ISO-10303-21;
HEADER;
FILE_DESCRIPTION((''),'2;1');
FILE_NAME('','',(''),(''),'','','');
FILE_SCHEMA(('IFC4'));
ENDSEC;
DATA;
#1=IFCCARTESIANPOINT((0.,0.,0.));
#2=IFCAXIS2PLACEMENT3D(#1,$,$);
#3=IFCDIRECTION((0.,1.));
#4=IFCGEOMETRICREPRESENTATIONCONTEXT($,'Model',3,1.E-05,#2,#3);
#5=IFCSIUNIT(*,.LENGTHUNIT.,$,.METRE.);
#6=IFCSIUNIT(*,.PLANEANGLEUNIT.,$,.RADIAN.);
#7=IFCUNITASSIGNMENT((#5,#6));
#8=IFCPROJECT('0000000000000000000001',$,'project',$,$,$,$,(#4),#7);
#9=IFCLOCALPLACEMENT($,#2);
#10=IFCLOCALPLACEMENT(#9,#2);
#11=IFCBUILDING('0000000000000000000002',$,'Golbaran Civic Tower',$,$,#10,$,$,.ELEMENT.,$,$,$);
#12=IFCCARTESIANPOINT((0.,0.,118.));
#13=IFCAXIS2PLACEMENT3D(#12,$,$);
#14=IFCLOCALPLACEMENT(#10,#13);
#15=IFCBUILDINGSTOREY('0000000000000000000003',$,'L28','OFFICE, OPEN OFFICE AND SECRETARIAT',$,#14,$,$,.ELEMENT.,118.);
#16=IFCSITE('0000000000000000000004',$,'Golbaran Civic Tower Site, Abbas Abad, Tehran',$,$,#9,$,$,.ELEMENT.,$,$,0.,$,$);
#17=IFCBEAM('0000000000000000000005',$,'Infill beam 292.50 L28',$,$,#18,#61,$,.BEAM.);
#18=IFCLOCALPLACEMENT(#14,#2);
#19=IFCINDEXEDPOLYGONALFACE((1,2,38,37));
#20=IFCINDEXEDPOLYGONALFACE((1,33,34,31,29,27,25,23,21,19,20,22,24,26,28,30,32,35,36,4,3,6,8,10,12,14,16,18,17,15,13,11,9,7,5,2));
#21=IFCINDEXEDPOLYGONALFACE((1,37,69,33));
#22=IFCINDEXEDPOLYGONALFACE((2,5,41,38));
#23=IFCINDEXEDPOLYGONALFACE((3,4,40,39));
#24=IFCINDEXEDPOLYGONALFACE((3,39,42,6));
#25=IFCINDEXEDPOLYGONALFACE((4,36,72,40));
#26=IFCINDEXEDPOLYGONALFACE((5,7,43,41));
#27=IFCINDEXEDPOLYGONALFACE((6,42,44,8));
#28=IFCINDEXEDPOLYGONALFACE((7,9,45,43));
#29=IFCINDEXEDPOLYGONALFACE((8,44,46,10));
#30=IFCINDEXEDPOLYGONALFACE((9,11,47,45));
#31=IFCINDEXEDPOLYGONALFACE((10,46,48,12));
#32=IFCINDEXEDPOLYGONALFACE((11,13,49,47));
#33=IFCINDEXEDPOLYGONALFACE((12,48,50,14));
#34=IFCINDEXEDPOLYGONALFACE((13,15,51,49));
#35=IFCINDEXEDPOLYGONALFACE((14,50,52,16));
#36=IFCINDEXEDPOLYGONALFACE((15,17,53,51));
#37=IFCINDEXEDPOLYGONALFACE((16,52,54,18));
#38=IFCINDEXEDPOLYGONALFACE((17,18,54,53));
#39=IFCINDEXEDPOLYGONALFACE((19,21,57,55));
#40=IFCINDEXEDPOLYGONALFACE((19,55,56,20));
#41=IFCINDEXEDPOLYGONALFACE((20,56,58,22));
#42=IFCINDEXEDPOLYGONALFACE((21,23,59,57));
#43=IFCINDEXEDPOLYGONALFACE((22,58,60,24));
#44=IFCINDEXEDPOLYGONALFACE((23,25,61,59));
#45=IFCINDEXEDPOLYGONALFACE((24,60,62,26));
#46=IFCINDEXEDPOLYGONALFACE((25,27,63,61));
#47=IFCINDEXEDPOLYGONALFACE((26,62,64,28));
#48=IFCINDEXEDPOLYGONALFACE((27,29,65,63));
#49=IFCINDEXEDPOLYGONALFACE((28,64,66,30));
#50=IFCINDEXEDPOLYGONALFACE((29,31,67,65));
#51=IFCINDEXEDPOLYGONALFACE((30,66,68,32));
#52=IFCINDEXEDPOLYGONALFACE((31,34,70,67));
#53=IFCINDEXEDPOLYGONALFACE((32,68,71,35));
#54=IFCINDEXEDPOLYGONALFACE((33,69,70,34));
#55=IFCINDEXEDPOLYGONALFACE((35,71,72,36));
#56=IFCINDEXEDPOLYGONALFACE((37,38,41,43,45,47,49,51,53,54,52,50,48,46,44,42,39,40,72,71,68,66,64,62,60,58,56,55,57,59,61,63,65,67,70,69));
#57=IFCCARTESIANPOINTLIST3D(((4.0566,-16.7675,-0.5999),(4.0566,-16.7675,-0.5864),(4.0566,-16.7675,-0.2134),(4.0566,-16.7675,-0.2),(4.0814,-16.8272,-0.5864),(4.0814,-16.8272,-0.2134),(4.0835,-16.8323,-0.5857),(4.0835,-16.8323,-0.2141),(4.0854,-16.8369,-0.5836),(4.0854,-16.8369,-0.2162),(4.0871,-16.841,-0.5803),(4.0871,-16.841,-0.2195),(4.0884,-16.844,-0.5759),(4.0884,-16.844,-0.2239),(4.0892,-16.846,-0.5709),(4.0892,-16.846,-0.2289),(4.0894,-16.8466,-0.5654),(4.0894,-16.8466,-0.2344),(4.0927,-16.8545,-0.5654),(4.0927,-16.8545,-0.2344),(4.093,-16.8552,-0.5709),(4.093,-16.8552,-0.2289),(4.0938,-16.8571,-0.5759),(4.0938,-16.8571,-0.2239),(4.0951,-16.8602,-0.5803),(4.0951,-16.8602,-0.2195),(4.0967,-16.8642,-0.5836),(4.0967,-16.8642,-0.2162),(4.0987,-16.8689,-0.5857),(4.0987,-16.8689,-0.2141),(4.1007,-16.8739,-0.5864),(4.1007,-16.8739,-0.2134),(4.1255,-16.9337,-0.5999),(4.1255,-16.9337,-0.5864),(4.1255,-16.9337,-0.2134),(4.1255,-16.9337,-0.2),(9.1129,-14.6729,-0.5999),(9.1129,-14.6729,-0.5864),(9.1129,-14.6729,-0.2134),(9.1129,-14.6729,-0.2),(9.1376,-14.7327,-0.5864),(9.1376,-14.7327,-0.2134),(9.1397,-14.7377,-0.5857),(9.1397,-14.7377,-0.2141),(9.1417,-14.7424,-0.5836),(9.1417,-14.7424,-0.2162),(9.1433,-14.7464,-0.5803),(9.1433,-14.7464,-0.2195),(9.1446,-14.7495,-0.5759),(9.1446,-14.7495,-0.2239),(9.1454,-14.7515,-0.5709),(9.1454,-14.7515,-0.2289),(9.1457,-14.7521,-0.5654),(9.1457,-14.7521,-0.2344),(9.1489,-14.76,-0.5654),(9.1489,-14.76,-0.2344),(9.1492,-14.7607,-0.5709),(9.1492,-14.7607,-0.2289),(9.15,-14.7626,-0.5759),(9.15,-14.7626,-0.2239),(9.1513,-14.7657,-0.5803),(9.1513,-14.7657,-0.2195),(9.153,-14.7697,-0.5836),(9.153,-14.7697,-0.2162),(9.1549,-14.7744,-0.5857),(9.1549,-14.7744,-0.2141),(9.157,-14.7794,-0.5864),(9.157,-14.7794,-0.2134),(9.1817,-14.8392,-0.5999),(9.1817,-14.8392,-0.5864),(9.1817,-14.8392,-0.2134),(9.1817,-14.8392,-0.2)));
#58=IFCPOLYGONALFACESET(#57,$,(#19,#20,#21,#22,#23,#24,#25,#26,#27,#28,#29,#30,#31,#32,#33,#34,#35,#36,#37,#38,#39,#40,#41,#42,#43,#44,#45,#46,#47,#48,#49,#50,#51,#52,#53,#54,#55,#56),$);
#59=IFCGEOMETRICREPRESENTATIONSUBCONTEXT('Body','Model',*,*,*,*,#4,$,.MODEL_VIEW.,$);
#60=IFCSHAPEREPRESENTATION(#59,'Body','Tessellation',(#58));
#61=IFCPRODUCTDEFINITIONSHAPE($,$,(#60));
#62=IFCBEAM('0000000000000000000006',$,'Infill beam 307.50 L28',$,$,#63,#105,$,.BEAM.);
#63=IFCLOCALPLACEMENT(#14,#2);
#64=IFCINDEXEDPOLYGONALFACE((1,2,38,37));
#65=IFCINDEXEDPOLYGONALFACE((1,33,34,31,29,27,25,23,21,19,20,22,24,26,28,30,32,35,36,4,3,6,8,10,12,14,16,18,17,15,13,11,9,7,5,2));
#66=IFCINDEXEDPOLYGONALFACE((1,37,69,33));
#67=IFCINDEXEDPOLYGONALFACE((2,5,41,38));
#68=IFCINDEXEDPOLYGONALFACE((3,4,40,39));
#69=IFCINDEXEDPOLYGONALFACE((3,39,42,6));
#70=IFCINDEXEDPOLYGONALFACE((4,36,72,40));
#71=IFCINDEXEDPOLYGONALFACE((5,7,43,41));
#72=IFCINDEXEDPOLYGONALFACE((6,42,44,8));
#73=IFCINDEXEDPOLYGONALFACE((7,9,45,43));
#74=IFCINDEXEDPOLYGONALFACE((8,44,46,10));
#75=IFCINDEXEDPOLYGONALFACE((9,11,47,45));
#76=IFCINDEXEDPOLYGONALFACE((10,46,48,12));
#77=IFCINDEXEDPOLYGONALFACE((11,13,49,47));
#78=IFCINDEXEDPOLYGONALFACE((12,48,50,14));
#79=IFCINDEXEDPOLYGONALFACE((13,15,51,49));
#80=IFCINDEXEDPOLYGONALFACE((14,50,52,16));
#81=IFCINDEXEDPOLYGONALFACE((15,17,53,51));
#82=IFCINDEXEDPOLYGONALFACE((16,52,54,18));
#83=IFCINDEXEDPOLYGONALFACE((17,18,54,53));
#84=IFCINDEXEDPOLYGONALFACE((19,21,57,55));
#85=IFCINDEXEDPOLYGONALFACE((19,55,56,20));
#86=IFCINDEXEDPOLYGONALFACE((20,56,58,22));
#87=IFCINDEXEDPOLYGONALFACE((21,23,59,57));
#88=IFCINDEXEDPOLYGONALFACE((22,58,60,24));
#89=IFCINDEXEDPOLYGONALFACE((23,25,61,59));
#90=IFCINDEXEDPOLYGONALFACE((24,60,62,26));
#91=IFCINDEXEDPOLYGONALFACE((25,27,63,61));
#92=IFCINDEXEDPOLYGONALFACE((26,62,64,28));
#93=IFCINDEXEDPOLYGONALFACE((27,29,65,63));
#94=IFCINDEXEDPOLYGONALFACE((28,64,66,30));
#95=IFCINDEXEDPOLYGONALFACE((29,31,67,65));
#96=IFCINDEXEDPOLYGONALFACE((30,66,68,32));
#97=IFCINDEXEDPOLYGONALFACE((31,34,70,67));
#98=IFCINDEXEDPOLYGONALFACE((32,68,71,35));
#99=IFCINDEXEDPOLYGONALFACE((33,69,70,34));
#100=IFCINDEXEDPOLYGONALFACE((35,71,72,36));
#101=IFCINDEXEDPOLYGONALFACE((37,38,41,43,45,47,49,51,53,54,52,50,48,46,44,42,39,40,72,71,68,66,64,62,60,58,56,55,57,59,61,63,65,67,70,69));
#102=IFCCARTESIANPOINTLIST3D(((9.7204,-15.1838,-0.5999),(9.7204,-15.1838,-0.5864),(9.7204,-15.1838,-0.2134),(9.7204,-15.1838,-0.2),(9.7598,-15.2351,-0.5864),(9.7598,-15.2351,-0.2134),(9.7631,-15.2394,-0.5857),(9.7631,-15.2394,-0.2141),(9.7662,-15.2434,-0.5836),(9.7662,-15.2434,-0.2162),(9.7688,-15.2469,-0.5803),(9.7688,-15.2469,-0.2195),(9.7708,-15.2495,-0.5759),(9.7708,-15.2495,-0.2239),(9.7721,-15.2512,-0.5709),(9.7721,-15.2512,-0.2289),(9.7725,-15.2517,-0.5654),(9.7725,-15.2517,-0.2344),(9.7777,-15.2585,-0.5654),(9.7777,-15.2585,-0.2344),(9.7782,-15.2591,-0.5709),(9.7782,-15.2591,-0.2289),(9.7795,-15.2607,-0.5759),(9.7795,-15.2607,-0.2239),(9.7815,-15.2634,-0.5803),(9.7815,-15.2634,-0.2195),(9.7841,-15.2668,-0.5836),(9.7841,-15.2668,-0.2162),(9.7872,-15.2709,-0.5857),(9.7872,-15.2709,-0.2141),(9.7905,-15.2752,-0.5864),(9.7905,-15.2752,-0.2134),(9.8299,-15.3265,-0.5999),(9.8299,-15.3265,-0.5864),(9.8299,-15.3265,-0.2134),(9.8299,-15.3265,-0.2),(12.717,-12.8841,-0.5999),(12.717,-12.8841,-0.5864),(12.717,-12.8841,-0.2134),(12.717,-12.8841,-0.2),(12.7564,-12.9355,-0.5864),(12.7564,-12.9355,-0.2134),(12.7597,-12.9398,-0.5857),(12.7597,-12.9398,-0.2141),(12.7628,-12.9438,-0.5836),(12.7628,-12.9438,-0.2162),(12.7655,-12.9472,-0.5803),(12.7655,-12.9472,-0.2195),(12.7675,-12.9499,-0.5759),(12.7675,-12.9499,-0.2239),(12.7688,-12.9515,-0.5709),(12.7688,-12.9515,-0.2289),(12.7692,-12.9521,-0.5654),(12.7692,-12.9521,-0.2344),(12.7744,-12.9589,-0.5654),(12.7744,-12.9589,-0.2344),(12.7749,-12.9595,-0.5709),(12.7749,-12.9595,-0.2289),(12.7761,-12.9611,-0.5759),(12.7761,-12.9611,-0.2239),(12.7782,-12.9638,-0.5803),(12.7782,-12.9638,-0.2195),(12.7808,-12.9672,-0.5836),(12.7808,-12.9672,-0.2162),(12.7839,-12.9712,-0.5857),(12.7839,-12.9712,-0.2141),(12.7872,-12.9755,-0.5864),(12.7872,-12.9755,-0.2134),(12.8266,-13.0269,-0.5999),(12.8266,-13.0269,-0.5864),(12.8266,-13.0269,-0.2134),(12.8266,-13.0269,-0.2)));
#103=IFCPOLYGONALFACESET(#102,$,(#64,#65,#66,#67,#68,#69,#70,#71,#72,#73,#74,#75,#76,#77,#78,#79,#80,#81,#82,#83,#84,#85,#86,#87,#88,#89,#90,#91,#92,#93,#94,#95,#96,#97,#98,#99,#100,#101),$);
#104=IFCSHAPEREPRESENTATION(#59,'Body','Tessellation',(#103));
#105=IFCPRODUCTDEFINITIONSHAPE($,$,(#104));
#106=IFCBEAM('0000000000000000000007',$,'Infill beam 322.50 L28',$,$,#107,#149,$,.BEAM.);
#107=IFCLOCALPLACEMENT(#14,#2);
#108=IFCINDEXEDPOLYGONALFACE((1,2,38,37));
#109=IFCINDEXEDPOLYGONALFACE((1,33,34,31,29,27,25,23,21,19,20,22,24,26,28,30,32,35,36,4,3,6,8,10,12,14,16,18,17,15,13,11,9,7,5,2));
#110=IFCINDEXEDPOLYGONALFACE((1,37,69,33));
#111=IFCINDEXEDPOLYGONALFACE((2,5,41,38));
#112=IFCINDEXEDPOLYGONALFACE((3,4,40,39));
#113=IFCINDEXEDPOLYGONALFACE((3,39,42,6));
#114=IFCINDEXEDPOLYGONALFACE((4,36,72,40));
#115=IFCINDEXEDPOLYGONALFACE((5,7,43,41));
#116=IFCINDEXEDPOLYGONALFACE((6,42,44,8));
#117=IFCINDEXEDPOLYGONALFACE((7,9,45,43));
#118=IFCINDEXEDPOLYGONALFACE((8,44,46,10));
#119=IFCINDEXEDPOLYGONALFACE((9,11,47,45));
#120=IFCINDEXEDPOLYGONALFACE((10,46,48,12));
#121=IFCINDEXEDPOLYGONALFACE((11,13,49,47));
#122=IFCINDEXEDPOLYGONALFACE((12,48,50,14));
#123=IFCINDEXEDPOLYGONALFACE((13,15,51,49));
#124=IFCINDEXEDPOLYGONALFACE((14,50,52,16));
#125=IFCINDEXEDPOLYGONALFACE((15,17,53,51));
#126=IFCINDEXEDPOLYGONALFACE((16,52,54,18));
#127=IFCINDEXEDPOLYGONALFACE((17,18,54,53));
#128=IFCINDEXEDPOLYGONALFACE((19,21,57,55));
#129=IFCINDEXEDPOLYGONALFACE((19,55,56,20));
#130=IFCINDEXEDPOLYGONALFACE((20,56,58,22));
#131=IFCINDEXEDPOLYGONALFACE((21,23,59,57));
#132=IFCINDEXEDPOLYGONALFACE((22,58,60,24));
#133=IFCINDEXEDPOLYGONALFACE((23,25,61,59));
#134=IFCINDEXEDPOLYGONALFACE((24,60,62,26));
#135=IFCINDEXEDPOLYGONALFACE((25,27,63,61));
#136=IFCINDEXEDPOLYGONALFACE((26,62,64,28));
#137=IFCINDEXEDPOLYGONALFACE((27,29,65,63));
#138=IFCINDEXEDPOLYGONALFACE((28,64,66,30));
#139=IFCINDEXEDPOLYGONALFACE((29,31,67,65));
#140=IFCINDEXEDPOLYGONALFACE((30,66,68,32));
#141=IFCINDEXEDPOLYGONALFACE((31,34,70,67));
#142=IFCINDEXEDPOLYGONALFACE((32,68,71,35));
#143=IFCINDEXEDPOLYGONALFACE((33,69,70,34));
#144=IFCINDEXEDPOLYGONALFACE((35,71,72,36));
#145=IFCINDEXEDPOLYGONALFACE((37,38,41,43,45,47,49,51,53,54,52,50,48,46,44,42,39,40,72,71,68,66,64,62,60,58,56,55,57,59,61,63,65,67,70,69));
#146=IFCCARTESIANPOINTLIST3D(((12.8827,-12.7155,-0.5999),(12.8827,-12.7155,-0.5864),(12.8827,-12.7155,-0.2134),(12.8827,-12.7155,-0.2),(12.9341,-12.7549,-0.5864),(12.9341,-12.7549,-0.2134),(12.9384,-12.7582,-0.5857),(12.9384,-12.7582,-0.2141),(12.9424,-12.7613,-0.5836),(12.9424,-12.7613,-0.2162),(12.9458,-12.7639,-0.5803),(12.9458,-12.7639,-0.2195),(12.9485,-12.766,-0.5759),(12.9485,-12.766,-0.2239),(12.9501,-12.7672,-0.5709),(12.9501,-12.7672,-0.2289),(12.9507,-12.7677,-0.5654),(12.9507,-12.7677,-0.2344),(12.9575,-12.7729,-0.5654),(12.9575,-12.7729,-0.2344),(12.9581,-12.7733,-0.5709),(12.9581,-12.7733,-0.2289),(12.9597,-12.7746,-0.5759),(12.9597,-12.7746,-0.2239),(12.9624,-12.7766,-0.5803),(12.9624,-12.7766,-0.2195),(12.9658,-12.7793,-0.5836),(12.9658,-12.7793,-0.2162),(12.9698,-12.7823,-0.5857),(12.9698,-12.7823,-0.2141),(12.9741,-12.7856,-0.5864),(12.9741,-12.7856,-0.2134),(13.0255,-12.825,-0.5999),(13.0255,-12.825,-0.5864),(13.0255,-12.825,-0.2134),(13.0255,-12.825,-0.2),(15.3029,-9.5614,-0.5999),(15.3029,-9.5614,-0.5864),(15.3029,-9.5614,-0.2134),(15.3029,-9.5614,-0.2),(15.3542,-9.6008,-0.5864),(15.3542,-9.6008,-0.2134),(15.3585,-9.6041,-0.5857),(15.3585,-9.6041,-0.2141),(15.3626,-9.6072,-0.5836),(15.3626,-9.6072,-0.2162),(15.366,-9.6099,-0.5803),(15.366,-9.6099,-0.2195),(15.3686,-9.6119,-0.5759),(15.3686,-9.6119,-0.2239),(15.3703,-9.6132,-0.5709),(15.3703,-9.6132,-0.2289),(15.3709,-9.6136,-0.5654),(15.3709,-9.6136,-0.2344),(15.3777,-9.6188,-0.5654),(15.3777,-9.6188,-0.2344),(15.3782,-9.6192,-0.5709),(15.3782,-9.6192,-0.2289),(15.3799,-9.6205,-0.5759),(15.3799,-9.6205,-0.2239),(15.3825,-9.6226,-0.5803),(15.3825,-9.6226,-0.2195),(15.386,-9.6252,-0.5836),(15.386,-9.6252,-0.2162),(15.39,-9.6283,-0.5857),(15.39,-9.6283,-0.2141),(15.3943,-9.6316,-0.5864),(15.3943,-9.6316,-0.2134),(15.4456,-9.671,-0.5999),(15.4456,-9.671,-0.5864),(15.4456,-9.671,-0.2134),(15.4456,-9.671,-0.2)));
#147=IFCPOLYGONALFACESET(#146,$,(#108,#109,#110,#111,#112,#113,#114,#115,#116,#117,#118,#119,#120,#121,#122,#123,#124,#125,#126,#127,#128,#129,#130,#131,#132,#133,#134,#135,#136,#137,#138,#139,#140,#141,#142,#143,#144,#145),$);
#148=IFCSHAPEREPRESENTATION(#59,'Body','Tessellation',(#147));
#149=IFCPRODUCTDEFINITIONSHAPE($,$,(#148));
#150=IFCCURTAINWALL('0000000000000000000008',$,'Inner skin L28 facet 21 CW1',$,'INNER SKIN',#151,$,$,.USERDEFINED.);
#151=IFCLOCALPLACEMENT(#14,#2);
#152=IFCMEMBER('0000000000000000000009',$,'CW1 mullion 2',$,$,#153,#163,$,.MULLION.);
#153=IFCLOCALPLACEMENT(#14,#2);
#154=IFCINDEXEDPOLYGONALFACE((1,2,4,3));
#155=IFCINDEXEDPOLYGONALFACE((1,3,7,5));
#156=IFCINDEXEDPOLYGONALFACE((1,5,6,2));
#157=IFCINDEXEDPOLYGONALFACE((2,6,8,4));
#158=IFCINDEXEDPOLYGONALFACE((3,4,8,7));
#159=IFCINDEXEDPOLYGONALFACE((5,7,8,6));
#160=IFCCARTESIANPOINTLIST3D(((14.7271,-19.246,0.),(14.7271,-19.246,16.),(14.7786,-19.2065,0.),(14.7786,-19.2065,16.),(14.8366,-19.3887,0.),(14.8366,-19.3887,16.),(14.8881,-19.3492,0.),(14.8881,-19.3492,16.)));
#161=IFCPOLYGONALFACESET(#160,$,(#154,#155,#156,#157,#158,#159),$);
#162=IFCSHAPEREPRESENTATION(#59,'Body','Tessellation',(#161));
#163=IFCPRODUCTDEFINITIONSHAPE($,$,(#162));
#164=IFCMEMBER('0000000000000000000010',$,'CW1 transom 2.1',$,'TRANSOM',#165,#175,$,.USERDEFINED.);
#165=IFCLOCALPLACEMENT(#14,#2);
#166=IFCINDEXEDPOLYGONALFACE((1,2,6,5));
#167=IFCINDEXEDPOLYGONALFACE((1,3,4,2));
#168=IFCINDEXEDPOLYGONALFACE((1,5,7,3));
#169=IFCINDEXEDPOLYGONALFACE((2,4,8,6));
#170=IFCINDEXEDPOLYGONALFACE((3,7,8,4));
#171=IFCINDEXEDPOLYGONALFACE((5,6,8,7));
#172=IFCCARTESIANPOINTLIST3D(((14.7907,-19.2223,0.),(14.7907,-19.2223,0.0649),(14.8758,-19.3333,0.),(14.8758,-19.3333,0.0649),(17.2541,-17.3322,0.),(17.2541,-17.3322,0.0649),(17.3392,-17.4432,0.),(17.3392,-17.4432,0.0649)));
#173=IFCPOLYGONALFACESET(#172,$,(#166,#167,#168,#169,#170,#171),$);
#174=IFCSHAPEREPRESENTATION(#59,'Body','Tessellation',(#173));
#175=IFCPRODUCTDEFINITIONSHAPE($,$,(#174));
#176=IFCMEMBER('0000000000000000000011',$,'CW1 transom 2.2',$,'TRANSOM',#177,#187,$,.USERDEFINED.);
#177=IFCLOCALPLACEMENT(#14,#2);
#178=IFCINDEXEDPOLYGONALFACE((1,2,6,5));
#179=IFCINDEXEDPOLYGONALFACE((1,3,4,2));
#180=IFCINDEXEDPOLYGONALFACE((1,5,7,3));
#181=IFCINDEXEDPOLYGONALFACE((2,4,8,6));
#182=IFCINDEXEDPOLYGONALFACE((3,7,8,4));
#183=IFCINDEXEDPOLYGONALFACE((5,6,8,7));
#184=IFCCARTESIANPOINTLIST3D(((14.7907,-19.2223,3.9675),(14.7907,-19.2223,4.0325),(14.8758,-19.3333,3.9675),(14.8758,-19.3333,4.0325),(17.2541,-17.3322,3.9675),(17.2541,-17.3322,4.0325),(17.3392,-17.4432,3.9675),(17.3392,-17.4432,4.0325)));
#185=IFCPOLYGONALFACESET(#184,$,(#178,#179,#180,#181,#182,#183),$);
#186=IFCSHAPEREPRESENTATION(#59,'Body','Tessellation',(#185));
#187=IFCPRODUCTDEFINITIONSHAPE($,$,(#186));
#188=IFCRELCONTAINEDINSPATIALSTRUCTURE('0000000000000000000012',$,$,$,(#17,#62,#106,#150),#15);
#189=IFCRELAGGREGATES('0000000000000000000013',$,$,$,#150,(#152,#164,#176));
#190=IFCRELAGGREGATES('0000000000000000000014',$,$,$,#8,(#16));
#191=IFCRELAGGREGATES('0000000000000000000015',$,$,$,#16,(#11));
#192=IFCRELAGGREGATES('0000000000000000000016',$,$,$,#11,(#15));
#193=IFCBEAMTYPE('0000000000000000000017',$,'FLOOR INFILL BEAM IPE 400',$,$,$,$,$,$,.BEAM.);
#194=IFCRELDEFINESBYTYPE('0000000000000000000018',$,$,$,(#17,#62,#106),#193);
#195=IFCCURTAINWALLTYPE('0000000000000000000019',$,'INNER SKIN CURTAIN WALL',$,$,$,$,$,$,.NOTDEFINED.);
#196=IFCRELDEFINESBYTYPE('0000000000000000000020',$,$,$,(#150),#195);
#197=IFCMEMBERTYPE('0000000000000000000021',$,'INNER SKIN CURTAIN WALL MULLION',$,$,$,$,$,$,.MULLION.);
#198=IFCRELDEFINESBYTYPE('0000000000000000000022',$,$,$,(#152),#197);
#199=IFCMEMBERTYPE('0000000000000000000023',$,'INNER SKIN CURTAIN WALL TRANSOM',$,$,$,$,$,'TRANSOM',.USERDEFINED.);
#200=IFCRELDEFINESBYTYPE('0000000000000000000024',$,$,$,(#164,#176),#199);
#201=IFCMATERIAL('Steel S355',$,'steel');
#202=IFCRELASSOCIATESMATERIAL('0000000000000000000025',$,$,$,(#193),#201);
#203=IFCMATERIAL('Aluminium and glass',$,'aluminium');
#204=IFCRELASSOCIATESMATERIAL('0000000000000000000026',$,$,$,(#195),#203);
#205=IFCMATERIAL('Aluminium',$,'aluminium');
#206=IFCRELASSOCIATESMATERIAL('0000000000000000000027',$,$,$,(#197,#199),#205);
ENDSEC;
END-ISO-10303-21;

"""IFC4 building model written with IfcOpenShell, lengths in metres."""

from ifc_helpers import new_model, si_unit, direction, frame, origin, origin_2d, place, context, subcontext, project, spatial, rectangle, i_section, extrude, material, material_profile, profile_set, type_object, element, aggregate, save


model = new_model("IFC4")

# Units and contexts
model_context = context("Model", 3, precision=1e-05, world=origin(), true_north=direction((0.0, 1.0)))
body_context = subcontext(model_context, "Body", "Model", "MODEL_VIEW")
ifc_project = project(units=[si_unit("LENGTHUNIT", "METRE"), si_unit("PLANEANGLEUNIT", "RADIAN")], contexts=[model_context])

# Site, building, storey
site_placement = place(None, origin())
site = spatial("IfcSite", under=ifc_project, at=site_placement, Name="Golbaran Civic Tower Site, Abbas Abad, Tehran", CompositionType="ELEMENT", RefElevation=0.0)
building_placement = place(site_placement, origin())
building = spatial("IfcBuilding", under=site, at=building_placement, Name="Golbaran Civic Tower", CompositionType="ELEMENT")
storey_placement = place(building_placement, frame((0.0, 0.0, 118.0)))
storey = spatial("IfcBuildingStorey", under=building, at=storey_placement, Name="L28", Description="OFFICE, OPEN OFFICE AND SECRETARIAT", CompositionType="ELEMENT", Elevation=118.0)

# Beams
ifc_material_1 = material(Name="Steel S355", Category="steel")
ifc_material_profile_1 = material_profile(ifc_material_1, i_section(OverallWidth=0.1799, OverallDepth=0.3999, WebThickness=0.0085, FlangeThickness=0.0134, FilletRadius=0.021, at=origin_2d()), Name="IPE 400")
ifc_profile_set_1 = profile_set([ifc_material_profile_1], Name="Steel S355")
beam_type_1 = type_object("IfcBeamType", Name="FLOOR INFILL BEAM IPE 400", PredefinedType="BEAM", material=ifc_profile_set_1)
beam_1_placement = place(storey_placement, frame((4.0911, -16.8506, -0.3999), z_axis=(0.923869, 0.382708, 0.0), x_axis=(-0.382708, 0.923869, 0.0)))
element("IfcBeam", 1, at=beam_1_placement, inside=storey, type_object=beam_type_1, Name="Infill beam 292.50 L28", PredefinedType="BEAM", context=body_context, shape_type="SweptSolid", body=[
    extrude(i_section(OverallWidth=0.1799, OverallDepth=0.3999, WebThickness=0.0085, FlangeThickness=0.0134, FilletRadius=0.021, at=origin_2d()), origin(), (0.0, 0.0, 1.0), 5.4729),
])
beam_2_placement = place(storey_placement, frame((9.7751, -15.2551, -0.3999), z_axis=(0.793327, 0.608795, 0.0), x_axis=(-0.608795, 0.793327, 0.0)))
element("IfcBeam", 2, at=beam_2_placement, inside=storey, type_object=beam_type_1, Name="Infill beam 307.50 L28", PredefinedType="BEAM", context=body_context, shape_type="SweptSolid", body=[
    extrude(i_section(OverallWidth=0.1799, OverallDepth=0.3999, WebThickness=0.0085, FlangeThickness=0.0134, FilletRadius=0.021, at=origin_2d()), origin(), (0.0, 0.0, 1.0), 3.7773),
])
beam_3_placement = place(storey_placement, frame((12.9541, -12.7703, -0.3999), z_axis=(0.608758, 0.793356, 0.0), x_axis=(-0.793356, 0.608758, 0.0)))
element("IfcBeam", 3, at=beam_3_placement, inside=storey, type_object=beam_type_1, Name="Infill beam 322.50 L28", PredefinedType="BEAM", context=body_context, shape_type="SweptSolid", body=[
    extrude(i_section(OverallWidth=0.1799, OverallDepth=0.3999, WebThickness=0.0085, FlangeThickness=0.0134, FilletRadius=0.021, at=origin_2d()), origin(), (0.0, 0.0, 1.0), 3.9756),
])

# Curtain wall, members
ifc_material_2 = material(Name="Aluminium and glass", Category="aluminium")
curtain_wall_type = type_object("IfcCurtainWallType", Name="INNER SKIN CURTAIN WALL", PredefinedType="NOTDEFINED", material=ifc_material_2)
curtain_wall_placement = place(storey_placement, origin())
curtain_wall = element("IfcCurtainWall", 4, at=curtain_wall_placement, inside=storey, type_object=curtain_wall_type, Name="Inner skin L28 facet 21 CW1", ObjectType="INNER SKIN", PredefinedType="USERDEFINED")
ifc_material_3 = material(Name="Aluminium", Category="aluminium")
ifc_material_profile_2 = material_profile(ifc_material_3, rectangle(XDim=0.1799, YDim=0.0649, at=origin_2d()), Name="INNER SKIN CURTAIN WALL MULLION")
ifc_profile_set_2 = profile_set([ifc_material_profile_2], Name="Aluminium")
member_type_1 = type_object("IfcMemberType", Name="INNER SKIN CURTAIN WALL MULLION", PredefinedType="MULLION", material=ifc_profile_set_2)
member_1_placement = place(storey_placement, frame((14.8076, -19.2976, 0.0), z_axis=(0.0, 0.0, 1.0), x_axis=(-0.608761, 0.793353, 0.0)))
member_1 = element("IfcMember", 5, at=member_1_placement, type_object=member_type_1, Name="CW1 mullion 2", PredefinedType="MULLION", context=body_context, shape_type="SweptSolid", body=[
    extrude(rectangle(XDim=0.1799, YDim=0.0649, at=origin_2d()), origin(), (0.0, 0.0, 1.0), 16.0),
])
ifc_material_profile_3 = material_profile(ifc_material_3, rectangle(XDim=0.1399, YDim=0.0649, at=origin_2d()), Name="INNER SKIN CURTAIN WALL TRANSOM")
ifc_profile_set_3 = profile_set([ifc_material_profile_3], Name="Aluminium")
member_type_2 = type_object("IfcMemberType", Name="INNER SKIN CURTAIN WALL TRANSOM", ElementType="TRANSOM", PredefinedType="USERDEFINED", material=ifc_profile_set_3)
member_2_placement = place(storey_placement, frame((14.8333, -19.2778, 0.0325), z_axis=(0.793366, 0.608745, 0.0), x_axis=(-0.608745, 0.793366, 0.0)))
member_2 = element("IfcMember", 6, at=member_2_placement, type_object=member_type_2, Name="CW1 transom 2.1", ObjectType="TRANSOM", PredefinedType="USERDEFINED", context=body_context, shape_type="SweptSolid", body=[
    extrude(rectangle(XDim=0.1399, YDim=0.0649, at=origin_2d()), origin(), (0.0, 0.0, 1.0), 3.105),
])
member_3_placement = place(storey_placement, frame((14.8333, -19.2778, 4.0), z_axis=(0.793366, 0.608745, 0.0), x_axis=(-0.608745, 0.793366, 0.0)))
member_3 = element("IfcMember", 7, at=member_3_placement, type_object=member_type_2, Name="CW1 transom 2.2", ObjectType="TRANSOM", PredefinedType="USERDEFINED", context=body_context, shape_type="SweptSolid", body=[
    extrude(rectangle(XDim=0.1399, YDim=0.0649, at=origin_2d()), origin(), (0.0, 0.0, 1.0), 3.105),
])

aggregate(curtain_wall, [member_1, member_2, member_3])

save(model, "model.ifc")
